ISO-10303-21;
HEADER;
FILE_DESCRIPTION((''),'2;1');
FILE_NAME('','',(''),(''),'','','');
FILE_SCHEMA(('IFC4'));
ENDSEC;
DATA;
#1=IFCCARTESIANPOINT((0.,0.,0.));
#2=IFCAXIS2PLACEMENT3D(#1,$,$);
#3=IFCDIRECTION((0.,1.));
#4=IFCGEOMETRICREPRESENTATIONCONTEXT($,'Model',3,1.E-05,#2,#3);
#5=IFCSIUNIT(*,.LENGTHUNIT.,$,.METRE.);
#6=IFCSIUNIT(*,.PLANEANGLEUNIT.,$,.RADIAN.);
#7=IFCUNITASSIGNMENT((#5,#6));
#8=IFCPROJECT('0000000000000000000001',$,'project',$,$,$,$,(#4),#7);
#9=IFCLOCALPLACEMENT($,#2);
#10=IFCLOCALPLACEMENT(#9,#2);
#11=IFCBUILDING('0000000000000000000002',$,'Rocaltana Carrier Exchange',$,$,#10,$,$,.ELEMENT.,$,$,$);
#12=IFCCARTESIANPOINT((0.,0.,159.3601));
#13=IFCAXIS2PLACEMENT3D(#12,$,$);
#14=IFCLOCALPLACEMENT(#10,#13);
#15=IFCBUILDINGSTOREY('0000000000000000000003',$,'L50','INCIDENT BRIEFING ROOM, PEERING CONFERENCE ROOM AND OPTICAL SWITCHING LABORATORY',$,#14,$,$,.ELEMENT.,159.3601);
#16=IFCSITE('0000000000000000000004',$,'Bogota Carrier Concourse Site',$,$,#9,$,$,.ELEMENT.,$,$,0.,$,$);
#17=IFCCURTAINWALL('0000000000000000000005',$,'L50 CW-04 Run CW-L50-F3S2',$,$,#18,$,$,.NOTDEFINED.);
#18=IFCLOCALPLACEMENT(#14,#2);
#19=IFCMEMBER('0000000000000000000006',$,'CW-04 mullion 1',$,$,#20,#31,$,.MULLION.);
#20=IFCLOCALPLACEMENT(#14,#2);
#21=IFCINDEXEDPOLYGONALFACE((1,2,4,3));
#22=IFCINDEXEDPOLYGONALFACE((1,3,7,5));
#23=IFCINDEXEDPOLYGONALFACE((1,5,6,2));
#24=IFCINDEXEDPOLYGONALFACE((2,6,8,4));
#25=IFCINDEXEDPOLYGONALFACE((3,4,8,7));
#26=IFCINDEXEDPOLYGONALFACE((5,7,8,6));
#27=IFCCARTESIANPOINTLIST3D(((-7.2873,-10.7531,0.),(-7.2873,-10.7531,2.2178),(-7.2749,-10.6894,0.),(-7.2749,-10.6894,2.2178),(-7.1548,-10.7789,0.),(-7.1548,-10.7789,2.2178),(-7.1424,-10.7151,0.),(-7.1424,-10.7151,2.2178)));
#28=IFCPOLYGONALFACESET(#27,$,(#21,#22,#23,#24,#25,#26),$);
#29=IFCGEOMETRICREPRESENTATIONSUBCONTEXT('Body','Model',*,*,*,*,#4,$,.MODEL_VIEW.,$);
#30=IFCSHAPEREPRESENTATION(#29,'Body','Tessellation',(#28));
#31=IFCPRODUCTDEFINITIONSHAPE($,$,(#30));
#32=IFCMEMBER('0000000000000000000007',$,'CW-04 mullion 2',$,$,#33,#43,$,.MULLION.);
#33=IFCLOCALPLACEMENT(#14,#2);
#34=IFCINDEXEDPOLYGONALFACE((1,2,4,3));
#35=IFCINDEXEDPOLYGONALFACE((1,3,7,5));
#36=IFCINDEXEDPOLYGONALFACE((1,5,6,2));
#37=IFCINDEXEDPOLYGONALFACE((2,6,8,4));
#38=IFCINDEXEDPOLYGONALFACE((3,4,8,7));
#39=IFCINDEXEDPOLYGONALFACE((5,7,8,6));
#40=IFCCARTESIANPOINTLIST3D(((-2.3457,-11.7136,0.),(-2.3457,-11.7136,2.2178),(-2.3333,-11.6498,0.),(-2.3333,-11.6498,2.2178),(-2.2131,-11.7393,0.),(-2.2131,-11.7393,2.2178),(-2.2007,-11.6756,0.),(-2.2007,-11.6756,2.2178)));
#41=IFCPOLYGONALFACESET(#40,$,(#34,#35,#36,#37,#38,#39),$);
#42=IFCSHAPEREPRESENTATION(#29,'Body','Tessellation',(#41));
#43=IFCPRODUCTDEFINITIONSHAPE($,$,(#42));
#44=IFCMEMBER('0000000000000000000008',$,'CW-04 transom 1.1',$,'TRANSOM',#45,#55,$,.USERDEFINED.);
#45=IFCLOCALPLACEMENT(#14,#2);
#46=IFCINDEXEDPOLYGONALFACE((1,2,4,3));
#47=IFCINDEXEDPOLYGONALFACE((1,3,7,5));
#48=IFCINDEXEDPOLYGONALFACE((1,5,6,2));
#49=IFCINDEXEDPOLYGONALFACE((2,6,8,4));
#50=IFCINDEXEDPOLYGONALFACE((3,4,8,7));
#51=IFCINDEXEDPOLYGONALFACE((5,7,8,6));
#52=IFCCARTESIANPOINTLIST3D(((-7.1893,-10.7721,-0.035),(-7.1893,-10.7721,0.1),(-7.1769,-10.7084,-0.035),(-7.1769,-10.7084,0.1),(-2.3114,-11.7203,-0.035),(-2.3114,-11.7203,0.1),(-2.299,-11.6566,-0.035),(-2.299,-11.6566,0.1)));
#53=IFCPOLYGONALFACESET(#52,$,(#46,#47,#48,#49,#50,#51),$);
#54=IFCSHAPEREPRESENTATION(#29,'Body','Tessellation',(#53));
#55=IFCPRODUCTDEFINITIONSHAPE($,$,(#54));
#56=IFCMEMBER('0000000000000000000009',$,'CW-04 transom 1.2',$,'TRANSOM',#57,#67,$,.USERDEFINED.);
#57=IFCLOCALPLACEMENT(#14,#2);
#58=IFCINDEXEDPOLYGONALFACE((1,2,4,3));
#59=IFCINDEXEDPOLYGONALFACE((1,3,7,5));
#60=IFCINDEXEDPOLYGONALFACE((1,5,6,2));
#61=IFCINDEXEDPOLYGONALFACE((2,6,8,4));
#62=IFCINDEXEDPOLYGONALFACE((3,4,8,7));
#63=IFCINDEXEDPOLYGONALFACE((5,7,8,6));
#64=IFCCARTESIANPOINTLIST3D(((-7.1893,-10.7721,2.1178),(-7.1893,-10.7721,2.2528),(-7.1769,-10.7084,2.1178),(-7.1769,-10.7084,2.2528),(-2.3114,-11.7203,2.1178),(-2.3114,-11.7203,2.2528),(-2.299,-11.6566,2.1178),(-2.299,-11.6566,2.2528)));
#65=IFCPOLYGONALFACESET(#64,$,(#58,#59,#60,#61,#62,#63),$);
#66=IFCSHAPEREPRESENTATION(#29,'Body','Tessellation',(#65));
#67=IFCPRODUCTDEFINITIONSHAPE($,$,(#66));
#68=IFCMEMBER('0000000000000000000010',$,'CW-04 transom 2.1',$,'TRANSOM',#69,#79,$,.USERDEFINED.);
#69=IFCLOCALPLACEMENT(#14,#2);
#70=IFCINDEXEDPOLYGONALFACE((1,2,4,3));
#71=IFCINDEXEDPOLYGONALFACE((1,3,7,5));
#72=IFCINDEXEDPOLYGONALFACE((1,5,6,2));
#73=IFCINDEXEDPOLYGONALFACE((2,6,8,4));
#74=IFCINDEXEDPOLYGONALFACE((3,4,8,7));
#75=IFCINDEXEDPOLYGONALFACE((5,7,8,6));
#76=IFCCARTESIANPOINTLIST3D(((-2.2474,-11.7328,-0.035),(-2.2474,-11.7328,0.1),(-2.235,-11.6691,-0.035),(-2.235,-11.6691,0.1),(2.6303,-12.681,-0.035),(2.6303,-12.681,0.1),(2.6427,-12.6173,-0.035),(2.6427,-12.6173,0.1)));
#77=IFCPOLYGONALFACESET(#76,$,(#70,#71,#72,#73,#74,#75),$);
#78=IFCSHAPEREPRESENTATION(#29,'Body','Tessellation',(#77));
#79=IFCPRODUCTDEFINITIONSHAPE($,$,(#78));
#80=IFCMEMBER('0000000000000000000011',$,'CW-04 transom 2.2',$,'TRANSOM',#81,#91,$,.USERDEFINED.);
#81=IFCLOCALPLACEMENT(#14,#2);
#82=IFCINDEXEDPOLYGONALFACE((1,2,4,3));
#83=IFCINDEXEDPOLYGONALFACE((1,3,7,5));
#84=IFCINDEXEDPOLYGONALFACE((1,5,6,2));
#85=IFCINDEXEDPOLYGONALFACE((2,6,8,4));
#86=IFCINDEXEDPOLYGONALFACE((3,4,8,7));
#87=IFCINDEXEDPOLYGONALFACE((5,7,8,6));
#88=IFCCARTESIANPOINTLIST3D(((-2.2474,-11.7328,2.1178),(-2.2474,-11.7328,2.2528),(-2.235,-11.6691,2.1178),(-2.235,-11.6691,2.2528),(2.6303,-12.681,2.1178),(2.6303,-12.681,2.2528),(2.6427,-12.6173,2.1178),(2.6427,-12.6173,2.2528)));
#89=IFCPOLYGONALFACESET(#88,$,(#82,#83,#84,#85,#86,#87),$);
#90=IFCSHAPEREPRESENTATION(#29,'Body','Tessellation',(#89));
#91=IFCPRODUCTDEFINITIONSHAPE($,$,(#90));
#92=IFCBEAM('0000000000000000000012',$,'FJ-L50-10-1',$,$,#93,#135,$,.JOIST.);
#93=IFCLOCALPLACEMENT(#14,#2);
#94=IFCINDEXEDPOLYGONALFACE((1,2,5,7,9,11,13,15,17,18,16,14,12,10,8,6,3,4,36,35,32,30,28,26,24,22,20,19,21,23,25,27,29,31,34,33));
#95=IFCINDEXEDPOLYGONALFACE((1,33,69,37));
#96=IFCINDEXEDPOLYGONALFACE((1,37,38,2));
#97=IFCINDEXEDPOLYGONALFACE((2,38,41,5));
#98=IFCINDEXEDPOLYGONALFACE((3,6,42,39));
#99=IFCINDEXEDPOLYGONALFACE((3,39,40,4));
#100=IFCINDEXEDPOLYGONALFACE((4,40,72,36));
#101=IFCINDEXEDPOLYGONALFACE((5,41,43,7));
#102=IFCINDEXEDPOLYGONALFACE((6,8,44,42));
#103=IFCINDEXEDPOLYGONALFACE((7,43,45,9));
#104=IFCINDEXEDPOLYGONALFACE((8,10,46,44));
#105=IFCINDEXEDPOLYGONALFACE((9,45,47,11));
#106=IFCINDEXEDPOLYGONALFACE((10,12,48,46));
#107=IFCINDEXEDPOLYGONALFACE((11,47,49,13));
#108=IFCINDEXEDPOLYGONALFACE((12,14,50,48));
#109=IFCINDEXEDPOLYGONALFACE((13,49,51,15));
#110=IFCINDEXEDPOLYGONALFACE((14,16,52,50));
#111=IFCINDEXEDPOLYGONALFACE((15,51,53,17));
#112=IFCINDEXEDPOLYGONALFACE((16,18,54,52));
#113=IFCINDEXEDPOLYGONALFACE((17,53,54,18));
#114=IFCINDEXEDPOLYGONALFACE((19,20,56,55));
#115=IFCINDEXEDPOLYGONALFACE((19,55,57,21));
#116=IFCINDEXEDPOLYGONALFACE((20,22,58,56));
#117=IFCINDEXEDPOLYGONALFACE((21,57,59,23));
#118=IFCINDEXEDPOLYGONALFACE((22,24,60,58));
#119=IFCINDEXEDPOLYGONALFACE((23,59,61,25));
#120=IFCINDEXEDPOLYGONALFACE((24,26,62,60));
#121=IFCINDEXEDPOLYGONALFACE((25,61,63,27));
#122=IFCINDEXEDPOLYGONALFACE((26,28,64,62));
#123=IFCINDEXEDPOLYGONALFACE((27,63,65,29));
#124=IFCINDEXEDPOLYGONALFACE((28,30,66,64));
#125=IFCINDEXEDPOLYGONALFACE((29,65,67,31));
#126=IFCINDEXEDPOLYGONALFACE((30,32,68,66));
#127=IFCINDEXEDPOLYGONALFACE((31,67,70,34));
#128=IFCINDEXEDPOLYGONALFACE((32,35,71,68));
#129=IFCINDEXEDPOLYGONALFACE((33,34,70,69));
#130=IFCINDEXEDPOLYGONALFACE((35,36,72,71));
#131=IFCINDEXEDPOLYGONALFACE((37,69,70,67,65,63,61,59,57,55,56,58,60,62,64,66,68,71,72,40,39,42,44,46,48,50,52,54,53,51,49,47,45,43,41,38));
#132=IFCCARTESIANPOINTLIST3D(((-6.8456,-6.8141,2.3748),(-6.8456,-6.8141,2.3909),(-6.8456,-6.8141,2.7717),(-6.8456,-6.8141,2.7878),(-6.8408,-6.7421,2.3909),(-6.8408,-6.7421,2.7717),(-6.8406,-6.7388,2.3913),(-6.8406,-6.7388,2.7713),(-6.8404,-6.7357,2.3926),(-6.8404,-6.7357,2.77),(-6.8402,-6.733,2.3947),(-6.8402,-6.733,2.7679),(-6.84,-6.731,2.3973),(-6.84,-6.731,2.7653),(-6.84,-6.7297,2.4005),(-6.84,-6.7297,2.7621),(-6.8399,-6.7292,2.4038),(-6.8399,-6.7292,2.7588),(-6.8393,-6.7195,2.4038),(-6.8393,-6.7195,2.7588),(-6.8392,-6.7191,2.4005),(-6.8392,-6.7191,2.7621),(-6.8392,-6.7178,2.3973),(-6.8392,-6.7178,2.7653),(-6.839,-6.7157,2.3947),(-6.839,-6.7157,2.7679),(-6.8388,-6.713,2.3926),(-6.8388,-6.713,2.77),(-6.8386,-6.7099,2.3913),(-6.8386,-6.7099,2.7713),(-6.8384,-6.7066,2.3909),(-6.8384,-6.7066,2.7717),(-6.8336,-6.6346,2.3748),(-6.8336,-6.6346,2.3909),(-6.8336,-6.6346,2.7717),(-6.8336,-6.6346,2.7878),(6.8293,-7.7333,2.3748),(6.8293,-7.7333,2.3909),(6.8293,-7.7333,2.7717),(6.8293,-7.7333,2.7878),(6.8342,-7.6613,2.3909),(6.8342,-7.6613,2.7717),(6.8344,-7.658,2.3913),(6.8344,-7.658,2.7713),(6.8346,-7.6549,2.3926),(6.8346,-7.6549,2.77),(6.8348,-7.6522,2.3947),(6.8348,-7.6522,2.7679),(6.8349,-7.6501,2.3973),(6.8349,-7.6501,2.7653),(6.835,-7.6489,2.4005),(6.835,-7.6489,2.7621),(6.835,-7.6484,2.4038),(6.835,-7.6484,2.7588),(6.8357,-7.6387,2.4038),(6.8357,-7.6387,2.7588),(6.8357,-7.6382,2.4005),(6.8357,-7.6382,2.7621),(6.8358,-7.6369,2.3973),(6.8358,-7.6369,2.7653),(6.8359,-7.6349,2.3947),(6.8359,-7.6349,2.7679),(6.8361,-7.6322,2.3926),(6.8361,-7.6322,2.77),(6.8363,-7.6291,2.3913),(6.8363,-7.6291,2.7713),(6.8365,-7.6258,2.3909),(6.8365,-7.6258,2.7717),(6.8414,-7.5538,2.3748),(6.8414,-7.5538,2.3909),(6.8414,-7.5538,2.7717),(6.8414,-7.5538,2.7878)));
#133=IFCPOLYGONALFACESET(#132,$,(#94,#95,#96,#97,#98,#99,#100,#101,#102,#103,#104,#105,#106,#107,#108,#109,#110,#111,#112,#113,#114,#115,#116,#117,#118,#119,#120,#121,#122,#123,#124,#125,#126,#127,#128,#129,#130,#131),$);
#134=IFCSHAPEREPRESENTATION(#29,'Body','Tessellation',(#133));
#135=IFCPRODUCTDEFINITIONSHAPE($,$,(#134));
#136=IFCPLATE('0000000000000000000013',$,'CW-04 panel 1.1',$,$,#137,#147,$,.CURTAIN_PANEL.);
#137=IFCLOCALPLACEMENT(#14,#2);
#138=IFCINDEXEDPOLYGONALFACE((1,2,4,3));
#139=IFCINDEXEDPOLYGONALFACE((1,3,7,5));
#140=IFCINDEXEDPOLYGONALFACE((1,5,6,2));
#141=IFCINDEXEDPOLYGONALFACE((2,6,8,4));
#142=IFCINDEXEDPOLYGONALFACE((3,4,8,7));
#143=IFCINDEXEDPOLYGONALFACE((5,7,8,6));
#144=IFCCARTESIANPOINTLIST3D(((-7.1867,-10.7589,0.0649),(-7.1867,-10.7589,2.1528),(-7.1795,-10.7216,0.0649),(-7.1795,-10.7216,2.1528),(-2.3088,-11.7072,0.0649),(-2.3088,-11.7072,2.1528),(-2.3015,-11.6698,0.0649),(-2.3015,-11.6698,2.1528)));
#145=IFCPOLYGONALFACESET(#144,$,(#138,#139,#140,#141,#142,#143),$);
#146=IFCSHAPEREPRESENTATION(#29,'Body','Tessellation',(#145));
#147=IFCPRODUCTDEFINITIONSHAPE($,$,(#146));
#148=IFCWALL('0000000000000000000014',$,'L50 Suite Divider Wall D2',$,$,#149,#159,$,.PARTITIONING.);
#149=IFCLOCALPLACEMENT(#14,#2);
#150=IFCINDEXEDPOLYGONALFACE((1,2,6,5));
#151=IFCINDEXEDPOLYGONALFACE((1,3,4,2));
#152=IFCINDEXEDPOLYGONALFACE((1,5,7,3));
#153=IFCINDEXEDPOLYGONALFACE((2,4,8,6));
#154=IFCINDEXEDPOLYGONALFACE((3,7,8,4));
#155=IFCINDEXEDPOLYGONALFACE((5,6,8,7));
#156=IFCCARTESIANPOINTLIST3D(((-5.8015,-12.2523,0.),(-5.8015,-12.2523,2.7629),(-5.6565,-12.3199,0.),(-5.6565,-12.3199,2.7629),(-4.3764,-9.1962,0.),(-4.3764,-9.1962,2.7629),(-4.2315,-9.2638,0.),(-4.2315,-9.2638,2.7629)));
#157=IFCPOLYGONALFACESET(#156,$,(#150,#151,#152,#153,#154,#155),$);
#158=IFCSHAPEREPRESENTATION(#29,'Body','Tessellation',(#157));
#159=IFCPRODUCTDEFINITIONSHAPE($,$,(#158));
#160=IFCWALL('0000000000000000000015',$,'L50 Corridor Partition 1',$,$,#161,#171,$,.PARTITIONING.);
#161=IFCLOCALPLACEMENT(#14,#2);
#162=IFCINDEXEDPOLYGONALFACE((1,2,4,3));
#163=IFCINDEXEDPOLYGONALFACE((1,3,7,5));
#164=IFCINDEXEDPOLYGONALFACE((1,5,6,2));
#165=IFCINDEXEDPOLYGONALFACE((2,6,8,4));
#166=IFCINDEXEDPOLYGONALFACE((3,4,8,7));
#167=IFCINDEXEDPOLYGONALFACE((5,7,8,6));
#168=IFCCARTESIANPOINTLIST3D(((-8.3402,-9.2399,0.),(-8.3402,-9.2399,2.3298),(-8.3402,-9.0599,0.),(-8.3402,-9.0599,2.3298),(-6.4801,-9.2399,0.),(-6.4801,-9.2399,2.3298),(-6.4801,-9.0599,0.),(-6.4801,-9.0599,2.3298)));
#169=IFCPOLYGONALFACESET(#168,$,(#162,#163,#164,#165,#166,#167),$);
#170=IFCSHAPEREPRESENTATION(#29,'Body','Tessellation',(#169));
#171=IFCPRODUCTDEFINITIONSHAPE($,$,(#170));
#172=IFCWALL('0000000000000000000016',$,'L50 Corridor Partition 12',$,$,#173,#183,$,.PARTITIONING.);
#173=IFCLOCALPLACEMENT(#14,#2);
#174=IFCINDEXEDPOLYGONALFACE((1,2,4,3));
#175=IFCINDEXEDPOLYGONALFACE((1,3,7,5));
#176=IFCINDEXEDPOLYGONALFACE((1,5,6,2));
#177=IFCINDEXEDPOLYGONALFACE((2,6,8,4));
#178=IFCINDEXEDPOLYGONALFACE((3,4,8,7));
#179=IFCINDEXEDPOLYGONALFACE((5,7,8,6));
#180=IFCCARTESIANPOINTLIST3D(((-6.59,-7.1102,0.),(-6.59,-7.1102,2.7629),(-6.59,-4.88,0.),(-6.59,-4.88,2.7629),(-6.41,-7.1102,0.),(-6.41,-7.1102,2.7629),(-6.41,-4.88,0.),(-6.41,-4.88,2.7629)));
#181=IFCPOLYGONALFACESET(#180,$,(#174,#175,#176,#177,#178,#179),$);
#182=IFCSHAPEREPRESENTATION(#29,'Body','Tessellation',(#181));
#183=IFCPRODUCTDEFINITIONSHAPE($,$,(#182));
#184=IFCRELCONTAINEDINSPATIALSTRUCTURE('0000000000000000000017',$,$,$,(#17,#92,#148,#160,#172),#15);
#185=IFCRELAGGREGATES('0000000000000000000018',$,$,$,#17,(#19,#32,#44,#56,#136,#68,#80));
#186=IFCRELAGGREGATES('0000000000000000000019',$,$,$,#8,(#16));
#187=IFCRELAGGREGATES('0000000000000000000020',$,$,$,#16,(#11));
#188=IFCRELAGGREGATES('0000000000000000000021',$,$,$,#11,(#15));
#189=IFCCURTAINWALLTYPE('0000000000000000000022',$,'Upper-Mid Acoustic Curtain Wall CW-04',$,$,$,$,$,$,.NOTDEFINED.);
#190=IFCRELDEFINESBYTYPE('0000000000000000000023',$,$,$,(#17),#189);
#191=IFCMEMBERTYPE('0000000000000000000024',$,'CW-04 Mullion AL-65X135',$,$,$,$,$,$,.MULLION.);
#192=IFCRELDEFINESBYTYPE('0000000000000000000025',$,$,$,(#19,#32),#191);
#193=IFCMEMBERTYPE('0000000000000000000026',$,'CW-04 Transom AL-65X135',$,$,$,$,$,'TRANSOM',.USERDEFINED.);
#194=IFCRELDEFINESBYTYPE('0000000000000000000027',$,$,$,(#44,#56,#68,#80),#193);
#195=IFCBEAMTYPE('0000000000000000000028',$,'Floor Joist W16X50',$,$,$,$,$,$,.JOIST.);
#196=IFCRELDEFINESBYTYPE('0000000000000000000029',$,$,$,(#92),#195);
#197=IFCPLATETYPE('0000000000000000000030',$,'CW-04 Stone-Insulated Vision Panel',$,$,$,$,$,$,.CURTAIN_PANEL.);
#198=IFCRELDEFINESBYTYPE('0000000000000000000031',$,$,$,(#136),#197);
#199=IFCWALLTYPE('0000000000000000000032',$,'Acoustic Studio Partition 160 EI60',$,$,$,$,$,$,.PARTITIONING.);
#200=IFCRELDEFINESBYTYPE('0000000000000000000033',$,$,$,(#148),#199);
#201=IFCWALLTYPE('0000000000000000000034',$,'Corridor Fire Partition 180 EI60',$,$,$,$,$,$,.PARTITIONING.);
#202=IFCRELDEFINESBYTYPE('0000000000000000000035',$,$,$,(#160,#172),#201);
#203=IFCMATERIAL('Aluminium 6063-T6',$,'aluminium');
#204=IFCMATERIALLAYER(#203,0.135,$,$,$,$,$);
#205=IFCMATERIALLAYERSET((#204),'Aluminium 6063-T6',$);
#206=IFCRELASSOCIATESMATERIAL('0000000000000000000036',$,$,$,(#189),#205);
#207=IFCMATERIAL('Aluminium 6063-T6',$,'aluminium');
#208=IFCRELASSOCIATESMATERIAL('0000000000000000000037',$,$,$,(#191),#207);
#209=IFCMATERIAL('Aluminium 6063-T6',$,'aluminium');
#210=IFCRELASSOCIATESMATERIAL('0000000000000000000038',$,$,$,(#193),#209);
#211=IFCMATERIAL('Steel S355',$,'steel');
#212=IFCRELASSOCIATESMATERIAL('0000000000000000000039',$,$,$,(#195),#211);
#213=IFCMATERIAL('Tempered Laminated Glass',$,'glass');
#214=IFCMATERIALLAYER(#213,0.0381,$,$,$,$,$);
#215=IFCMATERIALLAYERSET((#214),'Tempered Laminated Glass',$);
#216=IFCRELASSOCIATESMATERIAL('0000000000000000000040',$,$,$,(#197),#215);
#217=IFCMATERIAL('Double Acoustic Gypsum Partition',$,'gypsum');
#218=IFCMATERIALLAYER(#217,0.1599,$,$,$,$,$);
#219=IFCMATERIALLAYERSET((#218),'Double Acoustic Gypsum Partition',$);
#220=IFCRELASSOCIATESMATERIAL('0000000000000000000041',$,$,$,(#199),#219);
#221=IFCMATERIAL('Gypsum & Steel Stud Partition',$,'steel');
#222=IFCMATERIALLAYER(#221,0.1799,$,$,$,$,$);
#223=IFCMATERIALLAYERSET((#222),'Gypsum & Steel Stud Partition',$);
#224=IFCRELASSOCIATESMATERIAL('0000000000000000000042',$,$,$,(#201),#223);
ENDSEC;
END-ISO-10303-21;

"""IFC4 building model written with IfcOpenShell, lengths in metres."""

from ifc_helpers import new_model, si_unit, direction, frame, frame_2d, origin, origin_2d, place, context, subcontext, project, spatial, rectangle, i_section, extrude, material, layer, layer_set, material_profile, profile_set, type_object, element, aggregate, save


model = new_model("IFC4")

# Units and contexts
model_context = context("Model", 3, precision=1e-05, world=origin(), true_north=direction((0.0, 1.0)))
body_context = subcontext(model_context, "Body", "Model", "MODEL_VIEW")
ifc_project = project(units=[si_unit("LENGTHUNIT", "METRE"), si_unit("PLANEANGLEUNIT", "RADIAN")], contexts=[model_context])

# Site, building, storey
site_placement = place(None, origin())
site = spatial("IfcSite", under=ifc_project, at=site_placement, Name="Bogota Carrier Concourse Site", CompositionType="ELEMENT", RefElevation=0.0)
building_placement = place(site_placement, origin())
building = spatial("IfcBuilding", under=site, at=building_placement, Name="Rocaltana Carrier Exchange", CompositionType="ELEMENT")
storey_placement = place(building_placement, frame((0.0, 0.0, 159.3601)))
storey = spatial("IfcBuildingStorey", under=building, at=storey_placement, Name="L50", Description="INCIDENT BRIEFING ROOM, PEERING CONFERENCE ROOM AND OPTICAL SWITCHING LABORATORY", CompositionType="ELEMENT", Elevation=159.3601)

# Curtain wall, members
ifc_material_1 = material(Name="Aluminium 6063-T6", Category="aluminium")
ifc_layer_1 = layer(ifc_material_1, 0.135)
ifc_layer_set_1 = layer_set([ifc_layer_1], Name="Aluminium 6063-T6")
curtain_wall_type = type_object("IfcCurtainWallType", Name="Upper-Mid Acoustic Curtain Wall CW-04", PredefinedType="NOTDEFINED", material=ifc_layer_set_1)
curtain_wall_placement = place(storey_placement, origin())
curtain_wall = element("IfcCurtainWall", 1, at=curtain_wall_placement, inside=storey, type_object=curtain_wall_type, Name="L50 CW-04 Run CW-L50-F3S2", PredefinedType="NOTDEFINED")
ifc_material_2 = material(Name="Aluminium 6063-T6", Category="aluminium")
ifc_material_profile_1 = material_profile(ifc_material_2, rectangle(XDim=0.0649, YDim=0.135, at=origin_2d()), Name="AL-65X135")
ifc_profile_set_1 = profile_set([ifc_material_profile_1], Name="Aluminium 6063-T6")
member_type_1 = type_object("IfcMemberType", Name="CW-04 Mullion AL-65X135", PredefinedType="MULLION", material=ifc_profile_set_1)
member_1_placement = place(storey_placement, frame((-7.2148, -10.7341, 0.0), z_axis=(0.0, 0.0, 1.0), x_axis=(0.190815, 0.981626, 0.0)))
member_1 = element("IfcMember", 2, at=member_1_placement, type_object=member_type_1, Name="CW-04 mullion 1", PredefinedType="MULLION", context=body_context, shape_type="SweptSolid", body=[
    extrude(rectangle(XDim=0.0649, YDim=0.135, at=origin_2d()), origin(), (0.0, 0.0, 1.0), 2.2178),
])
member_2_placement = place(storey_placement, frame((-2.2732, -11.6946, 0.0), z_axis=(0.0, 0.0, 1.0), x_axis=(0.190815, 0.981626, 0.0)))
member_2 = element("IfcMember", 3, at=member_2_placement, type_object=member_type_1, Name="CW-04 mullion 2", PredefinedType="MULLION", context=body_context, shape_type="SweptSolid", body=[
    extrude(rectangle(XDim=0.0649, YDim=0.135, at=origin_2d()), origin(), (0.0, 0.0, 1.0), 2.2178),
])
ifc_material_3 = material(Name="Aluminium 6063-T6", Category="aluminium")
ifc_material_profile_2 = material_profile(ifc_material_3, rectangle(XDim=0.0649, YDim=0.135, at=origin_2d()), Name="AL-65X135")
ifc_profile_set_2 = profile_set([ifc_material_profile_2], Name="Aluminium 6063-T6")
member_type_2 = type_object("IfcMemberType", Name="CW-04 Transom AL-65X135", ElementType="TRANSOM", PredefinedType="USERDEFINED", material=ifc_profile_set_2)
member_3_placement = place(storey_placement, frame((-7.1831, -10.7402, 0.0325), z_axis=(0.981625, -0.190822, 0.0), x_axis=(0.190822, 0.981625, 0.0)))
member_3 = element("IfcMember", 4, at=member_3_placement, type_object=member_type_2, Name="CW-04 transom 1.1", ObjectType="TRANSOM", PredefinedType="USERDEFINED", context=body_context, shape_type="SweptSolid", body=[
    extrude(rectangle(XDim=0.0649, YDim=0.135, at=origin_2d()), origin(), (0.0, 0.0, 1.0), 4.9692),
])
member_4_placement = place(storey_placement, frame((-7.1831, -10.7402, 2.1853), z_axis=(0.981625, -0.190822, 0.0), x_axis=(0.190822, 0.981625, 0.0)))
member_4 = element("IfcMember", 5, at=member_4_placement, type_object=member_type_2, Name="CW-04 transom 1.2", ObjectType="TRANSOM", PredefinedType="USERDEFINED", context=body_context, shape_type="SweptSolid", body=[
    extrude(rectangle(XDim=0.0649, YDim=0.135, at=origin_2d()), origin(), (0.0, 0.0, 1.0), 4.9692),
])
member_5_placement = place(storey_placement, frame((-2.2412, -11.7009, 0.0325), z_axis=(0.981623, -0.190832, 0.0), x_axis=(0.190832, 0.981623, 0.0)))
member_5 = element("IfcMember", 6, at=member_5_placement, type_object=member_type_2, Name="CW-04 transom 2.1", ObjectType="TRANSOM", PredefinedType="USERDEFINED", context=body_context, shape_type="SweptSolid", body=[
    extrude(rectangle(XDim=0.0649, YDim=0.135, at=origin_2d()), origin(), (0.0, 0.0, 1.0), 4.969),
])
member_6_placement = place(storey_placement, frame((-2.2412, -11.7009, 2.1853), z_axis=(0.981623, -0.190832, 0.0), x_axis=(0.190832, 0.981623, 0.0)))
member_6 = element("IfcMember", 7, at=member_6_placement, type_object=member_type_2, Name="CW-04 transom 2.2", ObjectType="TRANSOM", PredefinedType="USERDEFINED", context=body_context, shape_type="SweptSolid", body=[
    extrude(rectangle(XDim=0.0649, YDim=0.135, at=origin_2d()), origin(), (0.0, 0.0, 1.0), 4.969),
])

# Beam
ifc_material_4 = material(Name="Steel S355", Category="steel")
ifc_material_profile_3 = material_profile(ifc_material_4, i_section(OverallWidth=0.1799, OverallDepth=0.4131, WebThickness=0.0098, FlangeThickness=0.0161, FilletRadius=0.0129, at=origin_2d()), Name="W16X50")
ifc_profile_set_3 = profile_set([ifc_material_profile_3], Name="Steel S355")
beam_type = type_object("IfcBeamType", Name="Floor Joist W16X50", PredefinedType="JOIST", material=ifc_profile_set_3)
beam_placement = place(storey_placement, frame((-6.8396, -6.7244, 2.5813), z_axis=(0.997749, -0.067065, 0.0), x_axis=(0.067065, 0.997749, 0.0)))
element("IfcBeam", 8, at=beam_placement, inside=storey, type_object=beam_type, Name="FJ-L50-10-1", PredefinedType="JOIST", context=body_context, shape_type="SweptSolid", body=[
    extrude(i_section(OverallWidth=0.1799, OverallDepth=0.4131, WebThickness=0.0098, FlangeThickness=0.0161, FilletRadius=0.0129, at=origin_2d()), origin(), (0.0, 0.0, 1.0), 13.7058),
])

# Plate
ifc_material_5 = material(Name="Tempered Laminated Glass", Category="glass")
ifc_layer_2 = layer(ifc_material_5, 0.0381)
ifc_layer_set_2 = layer_set([ifc_layer_2], Name="Tempered Laminated Glass")
plate_type = type_object("IfcPlateType", Name="CW-04 Stone-Insulated Vision Panel", PredefinedType="CURTAIN_PANEL", material=ifc_layer_set_2)
plate_placement = place(storey_placement, frame((-4.7441, -11.2144, 0.0649), z_axis=(0.0, 0.0, 1.0), x_axis=(0.981626, -0.190815, 0.0)))
plate = element("IfcPlate", 9, at=plate_placement, type_object=plate_type, Name="CW-04 panel 1.1", PredefinedType="CURTAIN_PANEL", context=body_context, shape_type="SweptSolid", body=[
    extrude(rectangle(XDim=4.9692, YDim=0.0381, at=origin_2d()), origin(), (0.0, 0.0, 1.0), 2.0879),
])
aggregate(curtain_wall, [member_1, member_2, member_3, member_4, plate, member_5, member_6])

# Walls
ifc_material_6 = material(Name="Double Acoustic Gypsum Partition", Category="gypsum")
ifc_layer_3 = layer(ifc_material_6, 0.1599)
ifc_layer_set_3 = layer_set([ifc_layer_3], Name="Double Acoustic Gypsum Partition")
wall_type_1 = type_object("IfcWallType", Name="Acoustic Studio Partition 160 EI60", PredefinedType="PARTITIONING", material=ifc_layer_set_3)
wall_1_placement = place(storey_placement, frame((-4.304, -9.23, 0.0), z_axis=(0.0, 0.0, 1.0), x_axis=(-0.422604, -0.906314, 0.0)))
element("IfcWall", 10, at=wall_1_placement, inside=storey, type_object=wall_type_1, Name="L50 Suite Divider Wall D2", PredefinedType="PARTITIONING", context=body_context, shape_type="SweptSolid", body=[
    extrude(rectangle(XDim=3.3721, YDim=0.1599, at=frame_2d((1.686, 0.0))), origin(), (0.0, 0.0, 1.0), 2.7629),
])
ifc_material_7 = material(Name="Gypsum & Steel Stud Partition", Category="steel")
ifc_layer_4 = layer(ifc_material_7, 0.1799)
ifc_layer_set_4 = layer_set([ifc_layer_4], Name="Gypsum & Steel Stud Partition")
wall_type_2 = type_object("IfcWallType", Name="Corridor Fire Partition 180 EI60", PredefinedType="PARTITIONING", material=ifc_layer_set_4)
wall_2_placement = place(storey_placement, frame((-6.48, -9.1499, 0.0), z_axis=(0.0, 0.0, 1.0), x_axis=(-1.0, 0.0, 0.0)))
element("IfcWall", 11, at=wall_2_placement, inside=storey, type_object=wall_type_2, Name="L50 Corridor Partition 1", PredefinedType="PARTITIONING", context=body_context, shape_type="SweptSolid", body=[
    extrude(rectangle(XDim=1.8601, YDim=0.1799, at=frame_2d((0.9302, 0.0))), origin(), (0.0, 0.0, 1.0), 2.3298),
])
wall_3_placement = place(storey_placement, frame((-6.5, -4.8799, 0.0), z_axis=(0.0, 0.0, 1.0), x_axis=(0.0, -1.0, 0.0)))
element("IfcWall", 12, at=wall_3_placement, inside=storey, type_object=wall_type_2, Name="L50 Corridor Partition 12", PredefinedType="PARTITIONING", context=body_context, shape_type="SweptSolid", body=[
    extrude(rectangle(XDim=2.2302, YDim=0.1799, at=frame_2d((1.1152, 0.0))), origin(), (0.0, 0.0, 1.0), 2.7629),
])

save(model, "model.ifc")
